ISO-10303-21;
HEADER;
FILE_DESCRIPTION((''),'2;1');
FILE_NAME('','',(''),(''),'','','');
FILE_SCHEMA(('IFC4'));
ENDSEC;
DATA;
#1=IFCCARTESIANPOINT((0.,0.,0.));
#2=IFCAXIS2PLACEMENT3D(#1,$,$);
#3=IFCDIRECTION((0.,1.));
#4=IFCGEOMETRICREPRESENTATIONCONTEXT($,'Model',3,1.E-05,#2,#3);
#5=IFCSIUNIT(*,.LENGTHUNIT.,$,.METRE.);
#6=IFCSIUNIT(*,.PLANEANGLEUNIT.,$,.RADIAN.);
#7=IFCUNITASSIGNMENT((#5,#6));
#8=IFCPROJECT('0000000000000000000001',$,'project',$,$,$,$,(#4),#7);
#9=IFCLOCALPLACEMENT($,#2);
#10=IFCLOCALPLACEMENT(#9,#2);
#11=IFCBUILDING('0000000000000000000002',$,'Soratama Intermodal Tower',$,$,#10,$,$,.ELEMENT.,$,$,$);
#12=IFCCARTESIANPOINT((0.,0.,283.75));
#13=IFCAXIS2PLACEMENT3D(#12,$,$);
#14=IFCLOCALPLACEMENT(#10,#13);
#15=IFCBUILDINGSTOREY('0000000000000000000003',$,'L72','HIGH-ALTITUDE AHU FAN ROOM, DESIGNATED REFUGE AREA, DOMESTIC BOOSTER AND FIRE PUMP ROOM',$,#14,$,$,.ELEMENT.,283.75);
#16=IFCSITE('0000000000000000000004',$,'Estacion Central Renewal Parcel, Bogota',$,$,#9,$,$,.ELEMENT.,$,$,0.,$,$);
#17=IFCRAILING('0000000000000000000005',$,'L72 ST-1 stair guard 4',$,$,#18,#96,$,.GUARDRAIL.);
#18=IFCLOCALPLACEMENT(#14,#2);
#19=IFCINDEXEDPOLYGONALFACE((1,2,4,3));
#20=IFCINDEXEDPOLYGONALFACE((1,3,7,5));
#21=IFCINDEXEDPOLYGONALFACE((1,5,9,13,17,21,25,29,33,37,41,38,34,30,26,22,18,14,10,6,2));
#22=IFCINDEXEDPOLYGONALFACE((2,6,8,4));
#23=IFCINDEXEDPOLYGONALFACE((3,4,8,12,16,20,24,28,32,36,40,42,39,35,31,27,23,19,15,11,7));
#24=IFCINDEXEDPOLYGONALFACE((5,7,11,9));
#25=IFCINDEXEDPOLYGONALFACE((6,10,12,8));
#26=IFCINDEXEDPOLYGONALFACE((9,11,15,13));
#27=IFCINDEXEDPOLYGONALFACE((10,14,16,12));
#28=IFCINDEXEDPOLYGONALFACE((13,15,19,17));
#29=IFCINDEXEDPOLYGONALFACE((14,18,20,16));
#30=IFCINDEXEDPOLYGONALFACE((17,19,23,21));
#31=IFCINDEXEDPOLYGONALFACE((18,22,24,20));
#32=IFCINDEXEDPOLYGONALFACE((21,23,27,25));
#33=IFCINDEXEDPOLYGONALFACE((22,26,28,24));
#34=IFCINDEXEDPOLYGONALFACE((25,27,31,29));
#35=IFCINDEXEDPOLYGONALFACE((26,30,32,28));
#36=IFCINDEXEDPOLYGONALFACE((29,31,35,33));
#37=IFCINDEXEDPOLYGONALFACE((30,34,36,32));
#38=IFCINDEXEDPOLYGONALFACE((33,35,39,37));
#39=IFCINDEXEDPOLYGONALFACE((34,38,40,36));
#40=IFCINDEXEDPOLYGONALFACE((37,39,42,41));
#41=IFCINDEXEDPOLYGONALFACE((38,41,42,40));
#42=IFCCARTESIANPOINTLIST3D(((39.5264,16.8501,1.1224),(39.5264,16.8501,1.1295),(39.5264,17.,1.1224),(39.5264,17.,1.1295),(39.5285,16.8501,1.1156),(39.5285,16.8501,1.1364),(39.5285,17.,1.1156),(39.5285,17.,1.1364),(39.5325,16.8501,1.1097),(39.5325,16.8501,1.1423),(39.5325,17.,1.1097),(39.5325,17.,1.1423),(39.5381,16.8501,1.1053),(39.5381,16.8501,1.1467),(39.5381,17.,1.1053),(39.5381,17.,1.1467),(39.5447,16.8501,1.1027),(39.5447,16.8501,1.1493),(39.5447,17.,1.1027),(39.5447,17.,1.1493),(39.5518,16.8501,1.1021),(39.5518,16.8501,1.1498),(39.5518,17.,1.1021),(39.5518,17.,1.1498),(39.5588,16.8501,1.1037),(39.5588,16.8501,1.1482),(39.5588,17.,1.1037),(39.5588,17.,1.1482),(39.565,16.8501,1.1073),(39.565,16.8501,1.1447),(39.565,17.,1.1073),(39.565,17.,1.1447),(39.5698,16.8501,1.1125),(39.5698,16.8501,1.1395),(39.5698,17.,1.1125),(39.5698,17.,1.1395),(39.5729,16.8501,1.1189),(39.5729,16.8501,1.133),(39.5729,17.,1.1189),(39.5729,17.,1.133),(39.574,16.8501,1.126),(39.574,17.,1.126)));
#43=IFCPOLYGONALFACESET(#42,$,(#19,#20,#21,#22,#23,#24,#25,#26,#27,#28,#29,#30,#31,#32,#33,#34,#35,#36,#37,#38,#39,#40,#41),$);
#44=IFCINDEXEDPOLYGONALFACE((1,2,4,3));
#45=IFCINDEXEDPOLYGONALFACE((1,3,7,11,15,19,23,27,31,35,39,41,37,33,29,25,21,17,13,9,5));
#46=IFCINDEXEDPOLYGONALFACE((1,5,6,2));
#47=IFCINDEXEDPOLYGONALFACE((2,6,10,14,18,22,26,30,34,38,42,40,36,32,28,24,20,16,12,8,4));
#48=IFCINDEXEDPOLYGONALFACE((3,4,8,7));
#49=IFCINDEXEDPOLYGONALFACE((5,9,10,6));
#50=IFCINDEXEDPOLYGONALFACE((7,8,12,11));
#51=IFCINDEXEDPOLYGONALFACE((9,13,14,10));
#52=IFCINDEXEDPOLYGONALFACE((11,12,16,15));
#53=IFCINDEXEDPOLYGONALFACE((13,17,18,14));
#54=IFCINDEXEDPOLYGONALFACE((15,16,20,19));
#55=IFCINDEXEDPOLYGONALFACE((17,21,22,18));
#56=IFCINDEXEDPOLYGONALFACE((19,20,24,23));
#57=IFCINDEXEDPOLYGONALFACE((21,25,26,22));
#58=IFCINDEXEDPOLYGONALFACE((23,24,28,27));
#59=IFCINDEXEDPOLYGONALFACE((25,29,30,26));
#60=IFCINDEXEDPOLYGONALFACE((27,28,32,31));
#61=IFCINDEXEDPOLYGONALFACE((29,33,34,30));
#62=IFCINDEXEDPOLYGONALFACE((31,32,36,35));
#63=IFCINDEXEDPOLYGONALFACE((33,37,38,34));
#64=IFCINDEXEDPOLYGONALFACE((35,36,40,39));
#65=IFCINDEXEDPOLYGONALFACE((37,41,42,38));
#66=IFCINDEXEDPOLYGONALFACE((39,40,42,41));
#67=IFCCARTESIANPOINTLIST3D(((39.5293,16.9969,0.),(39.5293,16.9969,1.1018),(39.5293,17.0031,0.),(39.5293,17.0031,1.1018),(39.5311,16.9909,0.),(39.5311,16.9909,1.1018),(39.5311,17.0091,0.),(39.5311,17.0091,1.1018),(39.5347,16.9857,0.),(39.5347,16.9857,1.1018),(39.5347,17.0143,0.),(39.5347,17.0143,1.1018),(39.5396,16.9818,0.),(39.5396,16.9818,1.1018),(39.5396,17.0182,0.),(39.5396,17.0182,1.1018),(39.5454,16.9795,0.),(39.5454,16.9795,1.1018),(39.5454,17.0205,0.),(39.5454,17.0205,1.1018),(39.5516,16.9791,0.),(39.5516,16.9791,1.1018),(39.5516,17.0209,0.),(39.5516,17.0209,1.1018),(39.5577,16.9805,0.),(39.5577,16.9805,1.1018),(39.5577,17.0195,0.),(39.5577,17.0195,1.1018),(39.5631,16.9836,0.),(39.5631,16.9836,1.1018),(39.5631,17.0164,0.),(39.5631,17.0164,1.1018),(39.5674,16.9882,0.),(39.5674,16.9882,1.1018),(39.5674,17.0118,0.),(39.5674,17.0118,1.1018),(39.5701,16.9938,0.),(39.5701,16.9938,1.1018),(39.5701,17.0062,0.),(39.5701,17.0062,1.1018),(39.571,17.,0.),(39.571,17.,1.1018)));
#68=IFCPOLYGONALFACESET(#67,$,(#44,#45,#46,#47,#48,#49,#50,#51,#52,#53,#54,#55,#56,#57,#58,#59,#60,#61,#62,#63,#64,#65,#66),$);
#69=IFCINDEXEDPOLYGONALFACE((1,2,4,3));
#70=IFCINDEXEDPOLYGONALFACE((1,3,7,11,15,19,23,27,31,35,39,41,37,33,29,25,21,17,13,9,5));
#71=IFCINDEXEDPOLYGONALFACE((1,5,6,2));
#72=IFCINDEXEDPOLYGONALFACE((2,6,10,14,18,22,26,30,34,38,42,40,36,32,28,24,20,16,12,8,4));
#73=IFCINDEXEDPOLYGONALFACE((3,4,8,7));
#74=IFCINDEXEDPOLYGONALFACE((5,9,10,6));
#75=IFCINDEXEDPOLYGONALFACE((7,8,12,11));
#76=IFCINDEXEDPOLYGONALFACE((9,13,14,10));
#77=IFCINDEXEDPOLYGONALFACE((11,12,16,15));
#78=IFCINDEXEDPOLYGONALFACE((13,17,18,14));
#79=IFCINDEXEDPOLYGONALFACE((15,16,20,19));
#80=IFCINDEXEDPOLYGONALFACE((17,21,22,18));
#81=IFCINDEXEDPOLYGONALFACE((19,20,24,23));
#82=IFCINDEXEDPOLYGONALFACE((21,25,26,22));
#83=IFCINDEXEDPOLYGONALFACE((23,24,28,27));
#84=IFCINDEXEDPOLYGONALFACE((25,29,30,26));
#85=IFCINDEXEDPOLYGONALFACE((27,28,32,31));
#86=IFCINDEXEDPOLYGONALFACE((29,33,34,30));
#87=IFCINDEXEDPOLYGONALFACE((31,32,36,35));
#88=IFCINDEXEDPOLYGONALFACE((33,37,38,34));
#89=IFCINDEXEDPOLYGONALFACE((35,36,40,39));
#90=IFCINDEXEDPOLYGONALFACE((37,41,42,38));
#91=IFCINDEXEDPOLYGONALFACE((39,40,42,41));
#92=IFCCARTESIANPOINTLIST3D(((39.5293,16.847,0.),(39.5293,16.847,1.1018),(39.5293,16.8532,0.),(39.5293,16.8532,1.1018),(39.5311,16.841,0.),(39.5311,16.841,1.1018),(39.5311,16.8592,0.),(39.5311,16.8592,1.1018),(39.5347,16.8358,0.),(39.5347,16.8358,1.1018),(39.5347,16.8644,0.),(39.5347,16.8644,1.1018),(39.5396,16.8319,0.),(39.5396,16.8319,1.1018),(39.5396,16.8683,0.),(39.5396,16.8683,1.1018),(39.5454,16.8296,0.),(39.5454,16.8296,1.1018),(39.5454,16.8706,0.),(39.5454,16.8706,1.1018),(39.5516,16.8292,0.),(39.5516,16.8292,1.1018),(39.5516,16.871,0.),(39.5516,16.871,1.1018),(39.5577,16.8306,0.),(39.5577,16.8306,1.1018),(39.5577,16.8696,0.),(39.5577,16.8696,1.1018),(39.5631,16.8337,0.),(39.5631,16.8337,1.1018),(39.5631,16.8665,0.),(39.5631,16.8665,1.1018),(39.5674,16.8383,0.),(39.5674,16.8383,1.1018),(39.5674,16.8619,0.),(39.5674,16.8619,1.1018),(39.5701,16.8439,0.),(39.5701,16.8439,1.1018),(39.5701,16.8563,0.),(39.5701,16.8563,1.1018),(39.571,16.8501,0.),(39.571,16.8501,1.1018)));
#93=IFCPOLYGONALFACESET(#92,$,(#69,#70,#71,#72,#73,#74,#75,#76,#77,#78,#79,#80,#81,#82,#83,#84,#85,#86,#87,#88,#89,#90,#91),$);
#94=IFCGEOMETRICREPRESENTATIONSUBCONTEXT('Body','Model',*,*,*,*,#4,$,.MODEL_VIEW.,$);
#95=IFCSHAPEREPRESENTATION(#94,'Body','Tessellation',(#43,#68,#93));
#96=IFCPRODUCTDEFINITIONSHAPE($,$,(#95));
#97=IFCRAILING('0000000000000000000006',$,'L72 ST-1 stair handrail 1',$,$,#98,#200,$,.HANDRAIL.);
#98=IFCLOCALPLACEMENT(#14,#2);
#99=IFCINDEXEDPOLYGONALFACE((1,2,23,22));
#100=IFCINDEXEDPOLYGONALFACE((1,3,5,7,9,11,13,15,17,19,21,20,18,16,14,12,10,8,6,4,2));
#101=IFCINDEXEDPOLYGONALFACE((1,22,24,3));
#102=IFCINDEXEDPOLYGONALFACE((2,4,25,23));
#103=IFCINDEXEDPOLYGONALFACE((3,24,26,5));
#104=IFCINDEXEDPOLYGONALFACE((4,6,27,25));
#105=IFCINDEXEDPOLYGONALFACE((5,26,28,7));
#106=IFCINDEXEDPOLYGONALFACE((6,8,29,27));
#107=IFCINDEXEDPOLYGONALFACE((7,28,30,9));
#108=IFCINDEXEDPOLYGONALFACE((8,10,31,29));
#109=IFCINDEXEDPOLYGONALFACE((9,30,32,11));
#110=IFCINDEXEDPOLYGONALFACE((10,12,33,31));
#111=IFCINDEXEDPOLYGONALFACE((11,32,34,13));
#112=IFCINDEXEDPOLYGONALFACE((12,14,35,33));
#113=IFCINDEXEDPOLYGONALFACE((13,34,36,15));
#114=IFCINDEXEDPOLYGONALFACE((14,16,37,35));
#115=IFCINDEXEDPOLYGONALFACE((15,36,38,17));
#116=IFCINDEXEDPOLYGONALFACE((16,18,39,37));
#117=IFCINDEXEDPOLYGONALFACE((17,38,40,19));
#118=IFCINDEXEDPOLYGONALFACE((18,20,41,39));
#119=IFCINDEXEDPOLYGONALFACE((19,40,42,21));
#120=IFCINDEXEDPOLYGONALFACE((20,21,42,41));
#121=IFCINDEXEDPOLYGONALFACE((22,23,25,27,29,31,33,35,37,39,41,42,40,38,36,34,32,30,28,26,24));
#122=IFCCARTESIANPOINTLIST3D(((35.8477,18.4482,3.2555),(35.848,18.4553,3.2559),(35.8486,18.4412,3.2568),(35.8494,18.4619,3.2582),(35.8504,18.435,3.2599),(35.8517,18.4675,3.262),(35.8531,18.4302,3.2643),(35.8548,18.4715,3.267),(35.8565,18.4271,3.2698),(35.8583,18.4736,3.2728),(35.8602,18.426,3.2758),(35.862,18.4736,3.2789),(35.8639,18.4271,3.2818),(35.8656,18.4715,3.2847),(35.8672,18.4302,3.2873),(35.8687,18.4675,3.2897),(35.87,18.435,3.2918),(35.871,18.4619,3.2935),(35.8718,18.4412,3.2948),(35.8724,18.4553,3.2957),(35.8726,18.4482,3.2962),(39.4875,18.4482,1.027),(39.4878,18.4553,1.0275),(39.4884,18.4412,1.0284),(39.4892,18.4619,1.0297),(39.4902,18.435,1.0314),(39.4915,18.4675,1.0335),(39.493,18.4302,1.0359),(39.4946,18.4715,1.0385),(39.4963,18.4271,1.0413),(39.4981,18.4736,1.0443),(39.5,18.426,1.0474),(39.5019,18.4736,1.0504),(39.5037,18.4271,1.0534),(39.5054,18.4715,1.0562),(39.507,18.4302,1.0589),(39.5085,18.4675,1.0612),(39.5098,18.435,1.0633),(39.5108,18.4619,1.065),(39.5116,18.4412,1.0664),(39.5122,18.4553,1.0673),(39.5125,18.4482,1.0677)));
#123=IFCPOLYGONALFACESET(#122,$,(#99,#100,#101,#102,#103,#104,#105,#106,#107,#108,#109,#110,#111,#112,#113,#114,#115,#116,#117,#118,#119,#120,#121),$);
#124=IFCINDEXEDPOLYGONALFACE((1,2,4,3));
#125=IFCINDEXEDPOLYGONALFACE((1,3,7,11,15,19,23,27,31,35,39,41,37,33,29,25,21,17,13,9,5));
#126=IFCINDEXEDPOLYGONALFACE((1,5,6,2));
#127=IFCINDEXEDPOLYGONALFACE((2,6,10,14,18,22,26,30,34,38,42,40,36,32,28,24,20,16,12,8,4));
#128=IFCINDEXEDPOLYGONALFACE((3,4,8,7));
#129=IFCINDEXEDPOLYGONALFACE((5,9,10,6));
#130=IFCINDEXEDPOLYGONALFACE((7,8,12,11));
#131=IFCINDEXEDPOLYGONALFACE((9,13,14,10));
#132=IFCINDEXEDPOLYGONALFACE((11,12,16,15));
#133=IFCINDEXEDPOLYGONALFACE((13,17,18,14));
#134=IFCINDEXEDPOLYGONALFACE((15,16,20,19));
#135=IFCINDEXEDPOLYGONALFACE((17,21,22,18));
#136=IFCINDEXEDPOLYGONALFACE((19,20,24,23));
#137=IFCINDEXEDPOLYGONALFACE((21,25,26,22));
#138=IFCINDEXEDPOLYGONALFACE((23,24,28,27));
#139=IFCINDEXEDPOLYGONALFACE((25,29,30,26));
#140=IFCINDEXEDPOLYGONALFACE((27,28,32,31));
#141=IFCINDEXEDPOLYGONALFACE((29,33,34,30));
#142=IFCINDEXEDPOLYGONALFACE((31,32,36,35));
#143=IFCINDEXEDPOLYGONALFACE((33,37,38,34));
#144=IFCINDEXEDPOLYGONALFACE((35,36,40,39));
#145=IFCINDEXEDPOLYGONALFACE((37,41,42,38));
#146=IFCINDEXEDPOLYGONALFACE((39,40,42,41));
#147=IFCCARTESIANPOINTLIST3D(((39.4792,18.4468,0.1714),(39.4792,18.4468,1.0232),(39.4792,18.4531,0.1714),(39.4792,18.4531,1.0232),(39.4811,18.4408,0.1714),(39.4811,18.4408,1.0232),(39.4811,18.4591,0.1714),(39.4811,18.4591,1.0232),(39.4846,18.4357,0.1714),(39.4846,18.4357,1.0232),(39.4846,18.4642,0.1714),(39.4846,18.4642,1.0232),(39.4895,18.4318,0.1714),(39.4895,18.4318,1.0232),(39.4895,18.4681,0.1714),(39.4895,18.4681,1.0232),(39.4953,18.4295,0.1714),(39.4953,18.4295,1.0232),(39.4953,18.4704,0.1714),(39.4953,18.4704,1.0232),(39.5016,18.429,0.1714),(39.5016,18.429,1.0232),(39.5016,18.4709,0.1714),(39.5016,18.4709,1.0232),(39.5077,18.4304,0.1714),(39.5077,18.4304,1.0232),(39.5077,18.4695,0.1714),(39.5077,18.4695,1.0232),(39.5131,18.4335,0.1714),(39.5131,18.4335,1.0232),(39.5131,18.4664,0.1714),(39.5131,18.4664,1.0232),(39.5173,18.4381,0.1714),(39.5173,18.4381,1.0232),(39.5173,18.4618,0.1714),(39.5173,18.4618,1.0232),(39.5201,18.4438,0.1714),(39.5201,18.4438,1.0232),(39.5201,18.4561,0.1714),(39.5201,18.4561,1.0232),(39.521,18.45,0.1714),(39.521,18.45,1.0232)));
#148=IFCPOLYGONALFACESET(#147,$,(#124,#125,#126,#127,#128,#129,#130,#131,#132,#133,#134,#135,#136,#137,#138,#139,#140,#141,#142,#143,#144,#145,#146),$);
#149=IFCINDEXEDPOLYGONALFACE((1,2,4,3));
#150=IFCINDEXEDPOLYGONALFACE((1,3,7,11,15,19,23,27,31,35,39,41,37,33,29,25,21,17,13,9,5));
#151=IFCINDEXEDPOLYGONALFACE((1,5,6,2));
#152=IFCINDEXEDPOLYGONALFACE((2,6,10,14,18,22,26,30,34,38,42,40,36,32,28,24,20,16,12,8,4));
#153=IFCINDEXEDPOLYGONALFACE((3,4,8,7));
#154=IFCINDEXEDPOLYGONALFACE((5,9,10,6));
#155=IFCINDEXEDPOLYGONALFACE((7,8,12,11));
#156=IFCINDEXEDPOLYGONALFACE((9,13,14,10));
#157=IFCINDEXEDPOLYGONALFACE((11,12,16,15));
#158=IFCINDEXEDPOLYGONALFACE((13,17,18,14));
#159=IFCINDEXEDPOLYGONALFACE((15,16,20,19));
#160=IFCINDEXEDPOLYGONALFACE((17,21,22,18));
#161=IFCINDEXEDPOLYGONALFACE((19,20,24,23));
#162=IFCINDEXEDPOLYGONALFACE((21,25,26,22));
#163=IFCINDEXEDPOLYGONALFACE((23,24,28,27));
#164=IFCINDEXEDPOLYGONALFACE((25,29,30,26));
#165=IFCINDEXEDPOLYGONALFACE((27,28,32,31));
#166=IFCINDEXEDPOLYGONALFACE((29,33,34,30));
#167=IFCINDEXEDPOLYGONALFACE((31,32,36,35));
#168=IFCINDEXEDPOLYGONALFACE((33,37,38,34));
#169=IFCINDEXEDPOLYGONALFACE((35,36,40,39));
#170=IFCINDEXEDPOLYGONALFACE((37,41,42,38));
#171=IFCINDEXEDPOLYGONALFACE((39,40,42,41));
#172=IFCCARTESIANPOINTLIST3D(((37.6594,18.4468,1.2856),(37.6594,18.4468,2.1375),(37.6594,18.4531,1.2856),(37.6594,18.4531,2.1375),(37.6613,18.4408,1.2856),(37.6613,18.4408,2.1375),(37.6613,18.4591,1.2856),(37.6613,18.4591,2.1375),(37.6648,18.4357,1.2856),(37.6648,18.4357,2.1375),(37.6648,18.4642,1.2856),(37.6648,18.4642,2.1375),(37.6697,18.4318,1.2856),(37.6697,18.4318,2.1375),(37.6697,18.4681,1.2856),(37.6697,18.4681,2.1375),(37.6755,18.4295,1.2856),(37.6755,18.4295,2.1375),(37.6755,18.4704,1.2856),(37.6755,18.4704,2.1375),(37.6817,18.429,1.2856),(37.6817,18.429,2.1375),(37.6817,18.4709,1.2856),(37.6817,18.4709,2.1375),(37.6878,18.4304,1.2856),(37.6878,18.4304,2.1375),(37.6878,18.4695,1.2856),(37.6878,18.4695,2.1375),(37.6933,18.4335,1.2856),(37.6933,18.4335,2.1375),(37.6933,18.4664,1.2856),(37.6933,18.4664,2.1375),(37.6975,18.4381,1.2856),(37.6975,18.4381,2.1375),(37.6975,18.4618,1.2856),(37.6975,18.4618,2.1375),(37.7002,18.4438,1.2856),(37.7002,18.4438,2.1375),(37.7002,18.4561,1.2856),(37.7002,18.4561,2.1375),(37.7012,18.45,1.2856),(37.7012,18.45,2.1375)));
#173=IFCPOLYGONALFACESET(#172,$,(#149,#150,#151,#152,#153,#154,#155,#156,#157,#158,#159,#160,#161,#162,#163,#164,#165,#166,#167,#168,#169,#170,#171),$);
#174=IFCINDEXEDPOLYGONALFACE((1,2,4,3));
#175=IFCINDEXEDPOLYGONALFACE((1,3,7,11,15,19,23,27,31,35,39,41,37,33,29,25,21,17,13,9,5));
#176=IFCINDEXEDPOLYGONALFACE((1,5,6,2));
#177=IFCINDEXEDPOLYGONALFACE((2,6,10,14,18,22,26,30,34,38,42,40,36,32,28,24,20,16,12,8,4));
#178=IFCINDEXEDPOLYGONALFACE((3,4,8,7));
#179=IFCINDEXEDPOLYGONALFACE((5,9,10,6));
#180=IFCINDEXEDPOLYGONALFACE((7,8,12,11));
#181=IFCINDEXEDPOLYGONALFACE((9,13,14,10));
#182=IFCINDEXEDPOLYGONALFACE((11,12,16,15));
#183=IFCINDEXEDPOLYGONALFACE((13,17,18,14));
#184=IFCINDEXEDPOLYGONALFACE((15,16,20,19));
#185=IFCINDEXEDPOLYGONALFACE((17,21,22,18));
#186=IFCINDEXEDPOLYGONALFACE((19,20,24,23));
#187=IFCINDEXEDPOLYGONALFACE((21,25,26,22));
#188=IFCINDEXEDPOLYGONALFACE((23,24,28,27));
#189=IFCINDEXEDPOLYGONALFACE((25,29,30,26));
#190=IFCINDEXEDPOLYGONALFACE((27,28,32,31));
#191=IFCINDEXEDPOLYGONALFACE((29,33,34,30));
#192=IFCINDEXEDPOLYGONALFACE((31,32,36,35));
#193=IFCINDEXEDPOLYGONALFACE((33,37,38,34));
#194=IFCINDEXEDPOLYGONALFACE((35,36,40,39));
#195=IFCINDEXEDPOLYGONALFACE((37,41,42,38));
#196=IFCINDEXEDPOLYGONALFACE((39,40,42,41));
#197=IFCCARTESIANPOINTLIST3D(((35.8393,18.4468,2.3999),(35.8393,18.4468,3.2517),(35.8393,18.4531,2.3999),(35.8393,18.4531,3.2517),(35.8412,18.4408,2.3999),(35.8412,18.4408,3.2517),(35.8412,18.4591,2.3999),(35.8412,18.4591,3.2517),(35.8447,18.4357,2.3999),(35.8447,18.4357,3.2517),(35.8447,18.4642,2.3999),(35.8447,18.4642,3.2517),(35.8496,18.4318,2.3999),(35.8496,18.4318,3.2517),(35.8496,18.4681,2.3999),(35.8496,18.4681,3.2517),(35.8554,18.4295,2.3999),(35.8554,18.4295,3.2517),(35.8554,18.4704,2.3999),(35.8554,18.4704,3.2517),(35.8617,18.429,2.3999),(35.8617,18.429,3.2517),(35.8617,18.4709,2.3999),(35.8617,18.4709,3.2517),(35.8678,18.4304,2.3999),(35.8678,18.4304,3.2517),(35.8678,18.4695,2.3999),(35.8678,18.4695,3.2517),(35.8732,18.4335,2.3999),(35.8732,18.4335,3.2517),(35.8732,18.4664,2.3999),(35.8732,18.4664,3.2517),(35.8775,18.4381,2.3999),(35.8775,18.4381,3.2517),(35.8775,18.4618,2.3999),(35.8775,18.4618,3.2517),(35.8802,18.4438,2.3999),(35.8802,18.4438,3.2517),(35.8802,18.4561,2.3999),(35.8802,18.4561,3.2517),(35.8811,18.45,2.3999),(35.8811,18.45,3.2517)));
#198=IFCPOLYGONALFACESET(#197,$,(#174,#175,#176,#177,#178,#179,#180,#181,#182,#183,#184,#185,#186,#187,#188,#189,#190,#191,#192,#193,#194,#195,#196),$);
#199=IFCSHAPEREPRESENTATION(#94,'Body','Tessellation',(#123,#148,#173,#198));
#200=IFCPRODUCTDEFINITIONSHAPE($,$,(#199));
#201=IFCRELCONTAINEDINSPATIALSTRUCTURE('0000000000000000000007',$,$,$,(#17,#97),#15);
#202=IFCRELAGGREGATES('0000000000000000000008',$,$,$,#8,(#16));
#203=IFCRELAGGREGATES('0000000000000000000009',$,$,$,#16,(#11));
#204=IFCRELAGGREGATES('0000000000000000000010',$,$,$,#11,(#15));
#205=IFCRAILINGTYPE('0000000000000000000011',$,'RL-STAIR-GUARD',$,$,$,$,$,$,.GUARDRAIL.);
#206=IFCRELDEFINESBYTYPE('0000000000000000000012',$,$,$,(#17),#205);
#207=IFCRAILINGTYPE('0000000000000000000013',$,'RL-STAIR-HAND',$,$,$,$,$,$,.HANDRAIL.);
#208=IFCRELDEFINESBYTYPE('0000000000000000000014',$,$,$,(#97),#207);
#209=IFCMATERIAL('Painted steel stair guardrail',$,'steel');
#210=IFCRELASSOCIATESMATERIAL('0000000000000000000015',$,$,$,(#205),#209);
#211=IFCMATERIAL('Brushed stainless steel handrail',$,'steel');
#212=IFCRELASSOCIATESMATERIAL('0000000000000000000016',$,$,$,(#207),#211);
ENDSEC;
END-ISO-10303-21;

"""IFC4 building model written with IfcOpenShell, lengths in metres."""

from ifc_helpers import new_model, si_unit, direction, frame, origin, origin_2d, place, context, subcontext, project, spatial, circle, extrude, material, type_object, element, save


model = new_model("IFC4")

# Units and contexts
model_context = context("Model", 3, precision=1e-05, world=origin(), true_north=direction((0.0, 1.0)))
body_context = subcontext(model_context, "Body", "Model", "MODEL_VIEW")
ifc_project = project(units=[si_unit("LENGTHUNIT", "METRE"), si_unit("PLANEANGLEUNIT", "RADIAN")], contexts=[model_context])

# Site, building, storey
site_placement = place(None, origin())
site = spatial("IfcSite", under=ifc_project, at=site_placement, Name="Estacion Central Renewal Parcel, Bogota", CompositionType="ELEMENT", RefElevation=0.0)
building_placement = place(site_placement, origin())
building = spatial("IfcBuilding", under=site, at=building_placement, Name="Soratama Intermodal Tower", CompositionType="ELEMENT")
storey_placement = place(building_placement, frame((0.0, 0.0, 283.75)))
storey = spatial("IfcBuildingStorey", under=building, at=storey_placement, Name="L72", Description="HIGH-ALTITUDE AHU FAN ROOM, DESIGNATED REFUGE AREA, DOMESTIC BOOSTER AND FIRE PUMP ROOM", CompositionType="ELEMENT", Elevation=283.75)

# Railings
ifc_material_1 = material(Name="Painted steel stair guardrail", Category="steel")
railing_type_1 = type_object("IfcRailingType", Name="RL-STAIR-GUARD", PredefinedType="GUARDRAIL", material=ifc_material_1)
railing_1_placement = place(storey_placement, frame((39.55, 17.0, 0.0)))
element("IfcRailing", 1, at=railing_1_placement, inside=storey, type_object=railing_type_1, Name="L72 ST-1 stair guard 4", PredefinedType="GUARDRAIL", context=body_context, shape_type="SweptSolid", body=[
    extrude(circle(Radius=0.0239, at=origin_2d()), frame((0.0, 0.0, 1.126), z_axis=(0.0, -1.0, 0.0), x_axis=(1.0, 0.0, 0.0)), (0.0, 0.0, 1.0), 0.1499),
    extrude(circle(Radius=0.021, at=origin_2d()), origin(), (0.0, 0.0, 1.0), 1.1018),
    extrude(circle(Radius=0.021, at=origin_2d()), frame((0.0, -0.1499, 0.0)), (0.0, 0.0, 1.0), 1.1018),
])
ifc_material_2 = material(Name="Brushed stainless steel handrail", Category="steel")
railing_type_2 = type_object("IfcRailingType", Name="RL-STAIR-HAND", PredefinedType="HANDRAIL", material=ifc_material_2)
railing_2_placement = place(storey_placement, frame((39.5, 18.45, 0.1714)))
element("IfcRailing", 2, at=railing_2_placement, inside=storey, type_object=railing_type_2, Name="L72 ST-1 stair handrail 1", PredefinedType="HANDRAIL", context=body_context, shape_type="SweptSolid", body=[
    extrude(circle(Radius=0.0239, at=origin_2d()), frame((0.0, 0.0, 0.876), z_axis=(-0.85285, 0.0, 0.522156), x_axis=(0.0, -1.0, 0.0)), (0.0, 0.0, 1.0), 4.2678),
    extrude(circle(Radius=0.021, at=origin_2d()), origin(), (0.0, 0.0, 1.0), 0.8518),
    extrude(circle(Radius=0.021, at=origin_2d()), frame((-1.8198, 0.0, 1.1143)), (0.0, 0.0, 1.0), 0.8518),
    extrude(circle(Radius=0.021, at=origin_2d()), frame((-3.6399, 0.0, 2.2285)), (0.0, 0.0, 1.0), 0.8518),
])

save(model, "model.ifc")
